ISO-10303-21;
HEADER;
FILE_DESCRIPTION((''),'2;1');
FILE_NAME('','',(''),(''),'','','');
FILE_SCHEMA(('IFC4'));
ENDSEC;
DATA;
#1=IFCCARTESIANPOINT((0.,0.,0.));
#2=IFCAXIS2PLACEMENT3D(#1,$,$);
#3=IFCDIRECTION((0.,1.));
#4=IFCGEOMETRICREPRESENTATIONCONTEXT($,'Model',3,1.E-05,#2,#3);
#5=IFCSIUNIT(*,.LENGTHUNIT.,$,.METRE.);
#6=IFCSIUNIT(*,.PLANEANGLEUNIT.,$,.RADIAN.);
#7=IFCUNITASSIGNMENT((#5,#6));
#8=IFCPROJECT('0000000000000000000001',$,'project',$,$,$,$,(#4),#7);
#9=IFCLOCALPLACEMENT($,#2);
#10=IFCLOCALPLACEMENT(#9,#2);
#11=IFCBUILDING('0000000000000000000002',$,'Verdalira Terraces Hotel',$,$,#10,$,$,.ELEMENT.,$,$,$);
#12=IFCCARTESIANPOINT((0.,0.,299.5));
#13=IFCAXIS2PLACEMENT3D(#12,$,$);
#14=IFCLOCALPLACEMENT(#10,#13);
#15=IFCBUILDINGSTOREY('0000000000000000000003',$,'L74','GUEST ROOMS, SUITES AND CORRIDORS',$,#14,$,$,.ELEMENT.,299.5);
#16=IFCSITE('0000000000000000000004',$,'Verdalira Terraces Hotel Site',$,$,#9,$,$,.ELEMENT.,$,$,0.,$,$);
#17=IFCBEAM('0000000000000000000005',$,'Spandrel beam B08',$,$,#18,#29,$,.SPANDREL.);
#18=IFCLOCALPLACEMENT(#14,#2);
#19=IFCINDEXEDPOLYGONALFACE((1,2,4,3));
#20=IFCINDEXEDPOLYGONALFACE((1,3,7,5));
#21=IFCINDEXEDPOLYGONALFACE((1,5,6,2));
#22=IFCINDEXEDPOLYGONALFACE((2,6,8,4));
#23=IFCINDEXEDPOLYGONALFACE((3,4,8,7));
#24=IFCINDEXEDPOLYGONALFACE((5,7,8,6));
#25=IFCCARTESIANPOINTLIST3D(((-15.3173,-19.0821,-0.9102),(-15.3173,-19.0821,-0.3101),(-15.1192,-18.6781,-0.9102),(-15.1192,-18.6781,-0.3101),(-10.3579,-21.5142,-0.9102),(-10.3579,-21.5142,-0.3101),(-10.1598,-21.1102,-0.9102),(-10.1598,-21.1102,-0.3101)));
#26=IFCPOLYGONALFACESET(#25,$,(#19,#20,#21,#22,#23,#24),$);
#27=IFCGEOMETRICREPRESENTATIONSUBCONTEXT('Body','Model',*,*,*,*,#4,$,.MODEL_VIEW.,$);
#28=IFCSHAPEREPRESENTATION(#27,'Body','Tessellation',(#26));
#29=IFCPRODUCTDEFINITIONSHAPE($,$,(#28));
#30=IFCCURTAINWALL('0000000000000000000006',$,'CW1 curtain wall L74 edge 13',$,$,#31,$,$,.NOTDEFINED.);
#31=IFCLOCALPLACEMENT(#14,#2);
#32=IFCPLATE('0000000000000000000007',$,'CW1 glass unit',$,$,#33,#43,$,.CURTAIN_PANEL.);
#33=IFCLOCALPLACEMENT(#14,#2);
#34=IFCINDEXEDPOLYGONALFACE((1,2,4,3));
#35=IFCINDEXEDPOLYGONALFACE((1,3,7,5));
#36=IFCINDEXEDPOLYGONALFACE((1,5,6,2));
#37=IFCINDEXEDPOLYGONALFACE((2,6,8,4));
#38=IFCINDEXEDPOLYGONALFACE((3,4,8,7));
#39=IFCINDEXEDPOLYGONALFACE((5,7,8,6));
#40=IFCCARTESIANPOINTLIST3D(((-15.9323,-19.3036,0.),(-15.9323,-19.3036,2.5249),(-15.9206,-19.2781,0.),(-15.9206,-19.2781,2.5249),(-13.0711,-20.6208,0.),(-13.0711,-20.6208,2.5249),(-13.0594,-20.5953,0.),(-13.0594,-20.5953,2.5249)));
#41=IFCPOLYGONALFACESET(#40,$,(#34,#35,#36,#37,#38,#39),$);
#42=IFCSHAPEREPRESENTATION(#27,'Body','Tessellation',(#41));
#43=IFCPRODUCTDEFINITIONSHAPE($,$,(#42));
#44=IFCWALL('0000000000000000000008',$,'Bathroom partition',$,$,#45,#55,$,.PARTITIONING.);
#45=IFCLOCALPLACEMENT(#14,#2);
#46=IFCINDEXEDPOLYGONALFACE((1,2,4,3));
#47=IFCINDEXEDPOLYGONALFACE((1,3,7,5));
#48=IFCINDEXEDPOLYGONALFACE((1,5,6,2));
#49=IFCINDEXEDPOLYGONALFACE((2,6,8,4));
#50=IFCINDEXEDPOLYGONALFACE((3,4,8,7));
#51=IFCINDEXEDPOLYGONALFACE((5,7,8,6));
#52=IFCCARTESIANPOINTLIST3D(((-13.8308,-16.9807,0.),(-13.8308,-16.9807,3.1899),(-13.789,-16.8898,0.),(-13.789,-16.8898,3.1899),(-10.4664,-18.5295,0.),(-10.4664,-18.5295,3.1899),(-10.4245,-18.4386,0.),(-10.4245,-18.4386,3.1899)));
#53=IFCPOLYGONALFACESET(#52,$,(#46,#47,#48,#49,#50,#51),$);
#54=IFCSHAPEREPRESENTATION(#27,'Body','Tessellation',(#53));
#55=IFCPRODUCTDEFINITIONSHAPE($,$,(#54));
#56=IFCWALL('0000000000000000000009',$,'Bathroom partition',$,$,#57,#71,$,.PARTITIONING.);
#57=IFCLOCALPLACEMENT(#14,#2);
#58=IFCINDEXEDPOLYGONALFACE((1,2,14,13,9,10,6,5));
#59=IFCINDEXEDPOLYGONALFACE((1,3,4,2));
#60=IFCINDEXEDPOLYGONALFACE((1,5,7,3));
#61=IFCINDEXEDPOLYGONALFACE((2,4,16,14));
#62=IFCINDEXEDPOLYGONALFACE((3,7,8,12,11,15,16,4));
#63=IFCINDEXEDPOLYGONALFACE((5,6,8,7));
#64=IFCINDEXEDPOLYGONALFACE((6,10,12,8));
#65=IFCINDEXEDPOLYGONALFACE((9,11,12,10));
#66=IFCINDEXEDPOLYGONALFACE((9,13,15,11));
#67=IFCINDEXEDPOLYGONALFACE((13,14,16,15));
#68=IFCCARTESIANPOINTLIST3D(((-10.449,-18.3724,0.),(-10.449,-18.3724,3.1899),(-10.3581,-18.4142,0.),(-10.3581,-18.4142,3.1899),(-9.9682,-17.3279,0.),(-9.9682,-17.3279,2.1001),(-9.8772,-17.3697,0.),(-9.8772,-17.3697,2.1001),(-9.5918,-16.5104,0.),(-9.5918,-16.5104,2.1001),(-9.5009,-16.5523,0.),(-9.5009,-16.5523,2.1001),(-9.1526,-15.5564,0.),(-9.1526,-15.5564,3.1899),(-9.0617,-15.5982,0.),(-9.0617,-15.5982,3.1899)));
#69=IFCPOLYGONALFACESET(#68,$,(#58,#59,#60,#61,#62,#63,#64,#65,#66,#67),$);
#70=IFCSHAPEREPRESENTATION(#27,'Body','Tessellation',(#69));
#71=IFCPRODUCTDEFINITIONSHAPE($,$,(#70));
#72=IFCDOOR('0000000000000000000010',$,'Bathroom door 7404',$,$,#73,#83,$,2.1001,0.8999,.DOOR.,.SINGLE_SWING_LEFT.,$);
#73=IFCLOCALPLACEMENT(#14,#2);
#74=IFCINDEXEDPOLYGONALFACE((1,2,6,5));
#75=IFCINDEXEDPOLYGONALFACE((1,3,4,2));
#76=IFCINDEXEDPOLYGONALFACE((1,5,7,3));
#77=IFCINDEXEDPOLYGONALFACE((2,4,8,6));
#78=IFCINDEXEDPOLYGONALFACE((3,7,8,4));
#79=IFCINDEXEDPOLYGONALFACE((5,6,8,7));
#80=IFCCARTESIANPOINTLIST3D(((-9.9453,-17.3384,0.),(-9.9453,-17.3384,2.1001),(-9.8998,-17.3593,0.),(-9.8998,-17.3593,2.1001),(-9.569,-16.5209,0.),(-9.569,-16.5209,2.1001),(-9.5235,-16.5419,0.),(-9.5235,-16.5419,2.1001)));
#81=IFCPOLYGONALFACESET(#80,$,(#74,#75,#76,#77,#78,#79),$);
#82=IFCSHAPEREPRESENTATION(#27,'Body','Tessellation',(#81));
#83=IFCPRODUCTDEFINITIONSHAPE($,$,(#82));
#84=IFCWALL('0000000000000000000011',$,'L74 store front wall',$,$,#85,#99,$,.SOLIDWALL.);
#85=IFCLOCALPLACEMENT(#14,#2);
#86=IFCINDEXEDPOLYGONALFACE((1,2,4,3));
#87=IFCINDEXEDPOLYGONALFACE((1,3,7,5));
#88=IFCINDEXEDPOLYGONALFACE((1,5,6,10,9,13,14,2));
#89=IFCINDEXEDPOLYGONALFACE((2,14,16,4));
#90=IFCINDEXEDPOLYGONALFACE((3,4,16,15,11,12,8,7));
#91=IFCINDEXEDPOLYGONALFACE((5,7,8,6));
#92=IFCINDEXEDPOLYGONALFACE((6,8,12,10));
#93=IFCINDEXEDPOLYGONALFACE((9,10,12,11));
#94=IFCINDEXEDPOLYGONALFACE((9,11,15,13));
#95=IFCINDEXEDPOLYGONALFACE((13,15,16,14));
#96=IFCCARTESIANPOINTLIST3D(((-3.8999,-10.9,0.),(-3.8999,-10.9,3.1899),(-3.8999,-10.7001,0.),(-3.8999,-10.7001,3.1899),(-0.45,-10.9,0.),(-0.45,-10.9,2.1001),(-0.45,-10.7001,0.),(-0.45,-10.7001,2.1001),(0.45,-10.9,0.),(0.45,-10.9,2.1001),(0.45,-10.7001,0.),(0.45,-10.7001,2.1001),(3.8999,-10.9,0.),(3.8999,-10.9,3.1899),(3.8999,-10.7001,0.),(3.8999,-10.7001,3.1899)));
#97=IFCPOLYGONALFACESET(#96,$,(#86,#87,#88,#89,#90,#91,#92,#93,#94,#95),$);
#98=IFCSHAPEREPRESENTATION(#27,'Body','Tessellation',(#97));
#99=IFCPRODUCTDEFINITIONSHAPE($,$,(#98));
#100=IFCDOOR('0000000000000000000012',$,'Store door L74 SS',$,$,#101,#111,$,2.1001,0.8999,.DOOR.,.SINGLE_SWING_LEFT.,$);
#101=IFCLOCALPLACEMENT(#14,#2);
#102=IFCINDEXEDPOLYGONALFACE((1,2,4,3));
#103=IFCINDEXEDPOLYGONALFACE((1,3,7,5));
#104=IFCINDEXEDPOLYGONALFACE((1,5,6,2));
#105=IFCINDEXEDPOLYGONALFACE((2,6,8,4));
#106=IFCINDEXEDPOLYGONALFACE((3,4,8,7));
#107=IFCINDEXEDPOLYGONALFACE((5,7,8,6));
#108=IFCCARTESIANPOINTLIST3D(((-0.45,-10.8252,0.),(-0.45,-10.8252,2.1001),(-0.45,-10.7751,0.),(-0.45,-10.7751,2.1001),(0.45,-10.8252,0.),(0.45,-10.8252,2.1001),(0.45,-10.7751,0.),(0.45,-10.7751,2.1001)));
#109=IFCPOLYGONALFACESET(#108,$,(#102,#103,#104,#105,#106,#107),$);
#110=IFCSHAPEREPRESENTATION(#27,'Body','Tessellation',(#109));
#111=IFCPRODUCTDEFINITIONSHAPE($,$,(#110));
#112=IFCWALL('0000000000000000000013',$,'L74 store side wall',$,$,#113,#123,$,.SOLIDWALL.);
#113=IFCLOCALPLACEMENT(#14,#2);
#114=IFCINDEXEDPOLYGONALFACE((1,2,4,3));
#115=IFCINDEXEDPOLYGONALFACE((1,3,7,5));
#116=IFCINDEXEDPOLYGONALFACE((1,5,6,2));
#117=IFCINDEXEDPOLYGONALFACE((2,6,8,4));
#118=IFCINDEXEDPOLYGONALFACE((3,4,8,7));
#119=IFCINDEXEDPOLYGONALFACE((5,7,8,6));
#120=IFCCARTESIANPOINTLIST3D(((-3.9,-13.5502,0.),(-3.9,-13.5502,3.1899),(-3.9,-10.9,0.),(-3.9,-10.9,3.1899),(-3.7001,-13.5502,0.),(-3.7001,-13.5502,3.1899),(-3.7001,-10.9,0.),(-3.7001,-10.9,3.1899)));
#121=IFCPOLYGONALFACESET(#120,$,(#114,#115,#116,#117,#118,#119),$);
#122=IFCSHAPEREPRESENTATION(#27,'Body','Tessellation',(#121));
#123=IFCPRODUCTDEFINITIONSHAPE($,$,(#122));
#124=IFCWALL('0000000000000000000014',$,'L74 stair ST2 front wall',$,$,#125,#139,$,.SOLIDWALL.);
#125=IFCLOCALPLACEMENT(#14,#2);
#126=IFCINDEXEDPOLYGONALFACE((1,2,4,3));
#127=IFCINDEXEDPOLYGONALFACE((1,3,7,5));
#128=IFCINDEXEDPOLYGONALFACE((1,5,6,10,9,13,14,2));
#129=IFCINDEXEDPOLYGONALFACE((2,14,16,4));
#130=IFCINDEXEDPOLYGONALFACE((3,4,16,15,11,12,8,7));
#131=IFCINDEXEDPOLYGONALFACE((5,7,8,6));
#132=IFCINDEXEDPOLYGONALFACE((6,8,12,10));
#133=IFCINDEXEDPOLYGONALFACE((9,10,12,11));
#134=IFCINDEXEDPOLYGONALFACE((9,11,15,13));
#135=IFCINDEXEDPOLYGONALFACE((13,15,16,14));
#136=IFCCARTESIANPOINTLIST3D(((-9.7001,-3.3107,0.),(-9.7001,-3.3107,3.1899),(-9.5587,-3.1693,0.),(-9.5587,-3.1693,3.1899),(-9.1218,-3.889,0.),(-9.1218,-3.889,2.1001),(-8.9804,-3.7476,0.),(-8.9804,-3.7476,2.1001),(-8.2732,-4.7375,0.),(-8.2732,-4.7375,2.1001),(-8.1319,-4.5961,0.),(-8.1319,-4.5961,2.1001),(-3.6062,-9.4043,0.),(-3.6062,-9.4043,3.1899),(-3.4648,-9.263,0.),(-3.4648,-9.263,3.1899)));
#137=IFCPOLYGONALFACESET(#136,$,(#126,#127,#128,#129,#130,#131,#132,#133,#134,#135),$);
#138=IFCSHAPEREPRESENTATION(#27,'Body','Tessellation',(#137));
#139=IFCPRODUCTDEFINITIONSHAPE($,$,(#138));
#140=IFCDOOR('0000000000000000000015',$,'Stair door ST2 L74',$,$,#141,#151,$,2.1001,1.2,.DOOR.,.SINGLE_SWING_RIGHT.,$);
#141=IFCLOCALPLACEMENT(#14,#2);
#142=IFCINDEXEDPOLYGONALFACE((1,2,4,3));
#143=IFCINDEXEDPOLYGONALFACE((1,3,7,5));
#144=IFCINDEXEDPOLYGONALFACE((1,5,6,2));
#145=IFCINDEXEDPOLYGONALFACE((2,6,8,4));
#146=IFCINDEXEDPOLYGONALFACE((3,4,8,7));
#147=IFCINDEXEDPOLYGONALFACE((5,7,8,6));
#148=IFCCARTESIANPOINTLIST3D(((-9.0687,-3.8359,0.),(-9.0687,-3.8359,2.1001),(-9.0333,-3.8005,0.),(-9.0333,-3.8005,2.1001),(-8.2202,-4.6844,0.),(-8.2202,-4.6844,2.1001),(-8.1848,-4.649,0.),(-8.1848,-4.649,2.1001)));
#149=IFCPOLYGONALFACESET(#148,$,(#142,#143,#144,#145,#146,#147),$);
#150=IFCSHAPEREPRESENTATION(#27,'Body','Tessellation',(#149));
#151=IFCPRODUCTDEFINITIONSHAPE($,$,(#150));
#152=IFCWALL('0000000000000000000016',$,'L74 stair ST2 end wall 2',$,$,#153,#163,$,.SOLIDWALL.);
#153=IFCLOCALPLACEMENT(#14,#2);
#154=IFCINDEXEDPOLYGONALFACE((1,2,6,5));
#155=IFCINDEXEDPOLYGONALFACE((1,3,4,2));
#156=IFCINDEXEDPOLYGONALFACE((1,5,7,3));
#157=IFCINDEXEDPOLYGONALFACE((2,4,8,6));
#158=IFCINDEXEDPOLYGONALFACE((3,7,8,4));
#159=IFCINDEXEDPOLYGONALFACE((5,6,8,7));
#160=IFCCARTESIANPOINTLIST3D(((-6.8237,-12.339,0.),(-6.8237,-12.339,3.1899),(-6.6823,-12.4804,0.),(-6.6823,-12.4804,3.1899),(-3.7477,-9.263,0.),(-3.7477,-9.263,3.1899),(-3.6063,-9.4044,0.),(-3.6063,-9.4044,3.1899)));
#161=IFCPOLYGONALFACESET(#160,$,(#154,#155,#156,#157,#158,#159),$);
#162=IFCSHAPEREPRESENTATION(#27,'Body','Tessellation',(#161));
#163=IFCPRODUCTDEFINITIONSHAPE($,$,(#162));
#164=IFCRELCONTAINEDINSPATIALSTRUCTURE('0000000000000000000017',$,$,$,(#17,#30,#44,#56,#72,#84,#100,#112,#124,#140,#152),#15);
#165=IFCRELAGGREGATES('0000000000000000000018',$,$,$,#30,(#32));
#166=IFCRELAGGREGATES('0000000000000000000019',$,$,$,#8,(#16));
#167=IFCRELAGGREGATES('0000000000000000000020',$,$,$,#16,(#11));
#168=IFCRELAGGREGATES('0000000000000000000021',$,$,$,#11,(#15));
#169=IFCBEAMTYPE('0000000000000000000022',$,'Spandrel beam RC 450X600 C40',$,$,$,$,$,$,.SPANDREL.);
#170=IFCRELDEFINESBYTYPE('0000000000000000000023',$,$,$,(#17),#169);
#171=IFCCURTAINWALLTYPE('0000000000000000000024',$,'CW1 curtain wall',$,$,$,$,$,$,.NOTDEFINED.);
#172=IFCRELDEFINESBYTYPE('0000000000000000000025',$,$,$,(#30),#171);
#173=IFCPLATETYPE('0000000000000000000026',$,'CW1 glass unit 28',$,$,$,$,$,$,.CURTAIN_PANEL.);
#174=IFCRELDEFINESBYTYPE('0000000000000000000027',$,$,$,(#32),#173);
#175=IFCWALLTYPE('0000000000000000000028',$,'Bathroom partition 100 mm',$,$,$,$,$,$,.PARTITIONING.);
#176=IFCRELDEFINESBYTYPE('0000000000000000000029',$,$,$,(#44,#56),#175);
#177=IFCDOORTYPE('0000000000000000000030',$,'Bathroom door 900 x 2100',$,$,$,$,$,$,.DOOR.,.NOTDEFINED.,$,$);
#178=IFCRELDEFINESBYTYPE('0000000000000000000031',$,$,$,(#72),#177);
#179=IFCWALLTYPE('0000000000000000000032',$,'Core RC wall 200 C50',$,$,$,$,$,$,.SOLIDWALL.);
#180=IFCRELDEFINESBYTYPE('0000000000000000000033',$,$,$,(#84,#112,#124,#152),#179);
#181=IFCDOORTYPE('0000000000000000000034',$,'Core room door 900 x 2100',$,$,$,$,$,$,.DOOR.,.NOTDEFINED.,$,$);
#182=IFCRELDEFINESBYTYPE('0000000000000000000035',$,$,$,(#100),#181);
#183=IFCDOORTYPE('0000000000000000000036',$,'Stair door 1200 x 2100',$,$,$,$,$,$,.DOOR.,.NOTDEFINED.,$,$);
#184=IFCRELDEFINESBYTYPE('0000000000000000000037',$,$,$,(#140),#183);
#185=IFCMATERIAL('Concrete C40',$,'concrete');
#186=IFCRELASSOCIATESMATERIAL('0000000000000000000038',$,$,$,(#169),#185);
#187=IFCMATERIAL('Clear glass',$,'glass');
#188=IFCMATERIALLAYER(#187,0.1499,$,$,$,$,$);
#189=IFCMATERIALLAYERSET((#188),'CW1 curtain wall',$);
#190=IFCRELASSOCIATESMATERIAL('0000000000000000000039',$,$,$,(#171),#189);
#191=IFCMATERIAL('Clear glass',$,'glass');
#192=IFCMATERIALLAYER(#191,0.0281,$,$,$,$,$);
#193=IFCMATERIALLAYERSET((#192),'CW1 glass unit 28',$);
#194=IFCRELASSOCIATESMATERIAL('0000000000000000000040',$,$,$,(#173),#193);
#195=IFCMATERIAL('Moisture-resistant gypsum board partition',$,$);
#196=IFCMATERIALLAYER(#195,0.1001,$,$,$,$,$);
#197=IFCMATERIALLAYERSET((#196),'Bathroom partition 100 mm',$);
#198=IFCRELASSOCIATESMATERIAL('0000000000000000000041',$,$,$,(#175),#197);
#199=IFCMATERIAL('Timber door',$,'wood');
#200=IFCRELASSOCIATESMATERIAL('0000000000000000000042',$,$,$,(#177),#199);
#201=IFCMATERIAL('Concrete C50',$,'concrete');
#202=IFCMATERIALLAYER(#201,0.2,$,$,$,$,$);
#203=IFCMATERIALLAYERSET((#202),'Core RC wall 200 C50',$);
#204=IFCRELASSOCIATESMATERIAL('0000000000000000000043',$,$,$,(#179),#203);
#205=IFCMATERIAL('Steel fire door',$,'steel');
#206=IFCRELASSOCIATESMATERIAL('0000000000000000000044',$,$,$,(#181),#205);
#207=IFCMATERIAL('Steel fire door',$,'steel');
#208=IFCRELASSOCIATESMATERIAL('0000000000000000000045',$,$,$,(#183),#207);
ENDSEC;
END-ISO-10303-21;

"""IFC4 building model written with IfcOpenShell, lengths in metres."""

from ifc_helpers import new_model, si_unit, direction, frame, frame_2d, origin, origin_2d, place, context, subcontext, project, spatial, rectangle, extrude, material, layer, layer_set, material_profile, profile_set, type_object, element, fill, aggregate, save


model = new_model("IFC4")

# Units and contexts
model_context = context("Model", 3, precision=1e-05, world=origin(), true_north=direction((0.0, 1.0)))
body_context = subcontext(model_context, "Body", "Model", "MODEL_VIEW")
ifc_project = project(units=[si_unit("LENGTHUNIT", "METRE"), si_unit("PLANEANGLEUNIT", "RADIAN")], contexts=[model_context])

# Site, building, storey
site_placement = place(None, origin())
site = spatial("IfcSite", under=ifc_project, at=site_placement, Name="Verdalira Terraces Hotel Site", CompositionType="ELEMENT", RefElevation=0.0)
building_placement = place(site_placement, origin())
building = spatial("IfcBuilding", under=site, at=building_placement, Name="Verdalira Terraces Hotel", CompositionType="ELEMENT")
storey_placement = place(building_placement, frame((0.0, 0.0, 299.5)))
storey = spatial("IfcBuildingStorey", under=building, at=storey_placement, Name="L74", Description="GUEST ROOMS, SUITES AND CORRIDORS", CompositionType="ELEMENT", Elevation=299.5)

# Beam
ifc_material_1 = material(Name="Concrete C40", Category="concrete")
ifc_material_profile = material_profile(ifc_material_1, rectangle(XDim=0.45, YDim=0.6001, at=origin_2d()), Name="RC 450X600")
ifc_profile_set = profile_set([ifc_material_profile], Name="Concrete C40")
beam_type = type_object("IfcBeamType", Name="Spandrel beam RC 450X600 C40", PredefinedType="SPANDREL", material=ifc_profile_set)
beam_placement = place(storey_placement, frame((-15.2183, -18.8801, -0.6101), z_axis=(0.897848, -0.440305, 0.0), x_axis=(0.440305, 0.897848, 0.0)))
element("IfcBeam", 1, at=beam_placement, inside=storey, type_object=beam_type, Name="Spandrel beam B08", PredefinedType="SPANDREL", context=body_context, shape_type="SweptSolid", body=[
    extrude(rectangle(XDim=0.45, YDim=0.6001, at=origin_2d()), origin(), (0.0, 0.0, 1.0), 5.5237),
])

# Curtain wall, plate
ifc_material_2 = material(Name="Clear glass", Category="glass")
ifc_layer_1 = layer(ifc_material_2, 0.1499)
ifc_layer_set_1 = layer_set([ifc_layer_1], Name="CW1 curtain wall")
curtain_wall_type = type_object("IfcCurtainWallType", Name="CW1 curtain wall", PredefinedType="NOTDEFINED", material=ifc_layer_set_1)
curtain_wall_placement = place(storey_placement, origin())
curtain_wall = element("IfcCurtainWall", 2, at=curtain_wall_placement, inside=storey, type_object=curtain_wall_type, Name="CW1 curtain wall L74 edge 13", PredefinedType="NOTDEFINED")
ifc_material_3 = material(Name="Clear glass", Category="glass")
ifc_layer_2 = layer(ifc_material_3, 0.0281)
ifc_layer_set_2 = layer_set([ifc_layer_2], Name="CW1 glass unit 28")
plate_type = type_object("IfcPlateType", Name="CW1 glass unit 28", PredefinedType="CURTAIN_PANEL", material=ifc_layer_set_2)
plate_placement = place(storey_placement, frame((-14.4959, -19.9495, 0.0), z_axis=(0.0, 0.0, 1.0), x_axis=(0.908362, -0.418184, 0.0)))
plate = element("IfcPlate", 3, at=plate_placement, type_object=plate_type, Name="CW1 glass unit", PredefinedType="CURTAIN_PANEL", context=body_context, shape_type="SweptSolid", body=[
    extrude(rectangle(XDim=3.1499, YDim=0.0281, at=origin_2d()), origin(), (0.0, 0.0, 1.0), 2.5249),
])
aggregate(curtain_wall, [plate])

# Wall
ifc_material_4 = material(Name="Moisture-resistant gypsum board partition")
ifc_layer_3 = layer(ifc_material_4, 0.1001)
ifc_layer_set_3 = layer_set([ifc_layer_3], Name="Bathroom partition 100 mm")
wall_type_1 = type_object("IfcWallType", Name="Bathroom partition 100 mm", PredefinedType="PARTITIONING", material=ifc_layer_set_3)
wall_1_placement = place(storey_placement, frame((-10.4453, -18.4841, 0.0), z_axis=(0.0, 0.0, 1.0), x_axis=(-0.908372, 0.418163, 0.0)))
element("IfcWall", 4, at=wall_1_placement, inside=storey, type_object=wall_type_1, Name="Bathroom partition", PredefinedType="PARTITIONING", context=body_context, shape_type="SweptSolid", body=[
    extrude(rectangle(XDim=3.7039, YDim=0.1001, at=frame_2d((1.8521, 0.0))), origin(), (0.0, 0.0, 1.0), 3.1899),
])

# Walls, openings, doors
wall_2_placement = place(storey_placement, frame((-10.4036, -18.3933, 0.0), z_axis=(0.0, 0.0, 1.0), x_axis=(0.418189, 0.90836, 0.0)))
wall_2 = element("IfcWall", 5, at=wall_2_placement, inside=storey, type_object=wall_type_1, Name="Bathroom partition", PredefinedType="PARTITIONING", context=body_context, shape_type="SweptSolid", body=[
    extrude(rectangle(XDim=3.1001, YDim=0.1001, at=frame_2d((1.55, 0.0))), origin(), (0.0, 0.0, 1.0), 3.1899),
])
opening_1_placement = place(wall_2_placement, frame((1.1499, 0.0, 0.0)))
opening_1 = element("IfcOpeningElement", 6, at=opening_1_placement, cuts=wall_2, PredefinedType="OPENING", context=body_context, shape_type="SweptSolid", body=[
    extrude(rectangle(XDim=0.8999, YDim=2.1001, at=frame_2d((0.45, 1.05))), frame((0.0, 0.0601, 0.0), z_axis=(0.0, -1.0, 0.0), x_axis=(1.0, 0.0, 0.0)), (0.0, 0.0, 1.0), 0.1201),
])
ifc_material_5 = material(Name="Timber door", Category="wood")
door_type_1 = type_object("IfcDoorType", Name="Bathroom door 900 x 2100", OperationType="NOTDEFINED", PredefinedType="DOOR", material=ifc_material_5)
door_1_placement = place(opening_1_placement, origin())
door_1 = element("IfcDoor", 7, at=door_1_placement, inside=storey, type_object=door_type_1, Name="Bathroom door 7404", OperationType="SINGLE_SWING_LEFT", OverallHeight=2.1001, OverallWidth=0.8999, PredefinedType="DOOR", context=body_context, shape_type="SweptSolid", body=[
    extrude(rectangle(XDim=0.8999, YDim=2.1001, at=frame_2d((0.45, 1.05))), frame((0.0, 0.0249, 0.0), z_axis=(0.0, -1.0, 0.0), x_axis=(1.0, 0.0, 0.0)), (0.0, 0.0, 1.0), 0.05),
])
fill(opening_1, door_1)
ifc_material_6 = material(Name="Concrete C50", Category="concrete")
ifc_layer_4 = layer(ifc_material_6, 0.2)
ifc_layer_set_4 = layer_set([ifc_layer_4], Name="Core RC wall 200 C50")
wall_type_2 = type_object("IfcWallType", Name="Core RC wall 200 C50", PredefinedType="SOLIDWALL", material=ifc_layer_set_4)
wall_3_placement = place(storey_placement, frame((-3.8999, -10.8, 0.0), z_axis=(0.0, 0.0, 1.0), x_axis=(1.0, 0.0, 0.0)))
wall_3 = element("IfcWall", 8, at=wall_3_placement, inside=storey, type_object=wall_type_2, Name="L74 store front wall", PredefinedType="SOLIDWALL", context=body_context, shape_type="SweptSolid", body=[
    extrude(rectangle(XDim=7.7998, YDim=0.2, at=frame_2d((3.8999, 0.0))), origin(), (0.0, 0.0, 1.0), 3.1899),
])
opening_2_placement = place(wall_3_placement, frame((3.45, 0.0, 0.0)))
opening_2 = element("IfcOpeningElement", 9, at=opening_2_placement, cuts=wall_3, PredefinedType="OPENING", context=body_context, shape_type="SweptSolid", body=[
    extrude(rectangle(XDim=0.8999, YDim=2.1001, at=frame_2d((0.45, 1.05))), frame((0.0, 0.1099, 0.0), z_axis=(0.0, -1.0, 0.0), x_axis=(1.0, 0.0, 0.0)), (0.0, 0.0, 1.0), 0.22),
])
ifc_material_7 = material(Name="Steel fire door", Category="steel")
door_type_2 = type_object("IfcDoorType", Name="Core room door 900 x 2100", OperationType="NOTDEFINED", PredefinedType="DOOR", material=ifc_material_7)
door_2_placement = place(opening_2_placement, origin())
door_2 = element("IfcDoor", 10, at=door_2_placement, inside=storey, type_object=door_type_2, Name="Store door L74 SS", OperationType="SINGLE_SWING_LEFT", OverallHeight=2.1001, OverallWidth=0.8999, PredefinedType="DOOR", context=body_context, shape_type="SweptSolid", body=[
    extrude(rectangle(XDim=0.8999, YDim=2.1001, at=frame_2d((0.45, 1.05))), frame((0.0, 0.0249, 0.0), z_axis=(0.0, -1.0, 0.0), x_axis=(1.0, 0.0, 0.0)), (0.0, 0.0, 1.0), 0.05),
])
fill(opening_2, door_2)

# Wall
wall_4_placement = place(storey_placement, frame((-3.8, -10.8999, 0.0), z_axis=(0.0, 0.0, 1.0), x_axis=(0.0, -1.0, 0.0)))
element("IfcWall", 11, at=wall_4_placement, inside=storey, type_object=wall_type_2, Name="L74 store side wall", PredefinedType="SOLIDWALL", context=body_context, shape_type="SweptSolid", body=[
    extrude(rectangle(XDim=2.6501, YDim=0.2, at=frame_2d((1.3252, 0.0))), origin(), (0.0, 0.0, 1.0), 3.1899),
])

# Wall, opening, door
wall_5_placement = place(storey_placement, frame((-3.5354, -9.3337, 0.0), z_axis=(0.0, 0.0, 1.0), x_axis=(-0.707121, 0.707093, 0.0)))
wall_5 = element("IfcWall", 12, at=wall_5_placement, inside=storey, type_object=wall_type_2, Name="L74 stair ST2 front wall", PredefinedType="SOLIDWALL", context=body_context, shape_type="SweptSolid", body=[
    extrude(rectangle(XDim=8.6179, YDim=0.2, at=frame_2d((4.3091, 0.0))), origin(), (0.0, 0.0, 1.0), 3.1899),
])
opening_3_placement = place(wall_5_placement, frame((6.6001, 0.0, 0.0)))
opening_3 = element("IfcOpeningElement", 13, at=opening_3_placement, cuts=wall_5, PredefinedType="OPENING", context=body_context, shape_type="SweptSolid", body=[
    extrude(rectangle(XDim=1.2, YDim=2.1001, at=frame_2d((0.6001, 1.05))), frame((0.0, 0.1099, 0.0), z_axis=(0.0, -1.0, 0.0), x_axis=(1.0, 0.0, 0.0)), (0.0, 0.0, 1.0), 0.22),
])
ifc_material_8 = material(Name="Steel fire door", Category="steel")
door_type_3 = type_object("IfcDoorType", Name="Stair door 1200 x 2100", OperationType="NOTDEFINED", PredefinedType="DOOR", material=ifc_material_8)
door_3_placement = place(opening_3_placement, origin())
door_3 = element("IfcDoor", 14, at=door_3_placement, inside=storey, type_object=door_type_3, Name="Stair door ST2 L74", OperationType="SINGLE_SWING_RIGHT", OverallHeight=2.1001, OverallWidth=1.2, PredefinedType="DOOR", context=body_context, shape_type="SweptSolid", body=[
    extrude(rectangle(XDim=1.2, YDim=2.1001, at=frame_2d((0.6001, 1.05))), frame((0.0, 0.0249, 0.0), z_axis=(0.0, -1.0, 0.0), x_axis=(1.0, 0.0, 0.0)), (0.0, 0.0, 1.0), 0.05),
])
fill(opening_3, door_3)

# Wall
wall_6_placement = place(storey_placement, frame((-3.677, -9.3337, 0.0), z_axis=(0.0, 0.0, 1.0), x_axis=(-0.707107, -0.707107, 0.0)))
element("IfcWall", 15, at=wall_6_placement, inside=storey, type_object=wall_type_2, Name="L74 stair ST2 end wall 2", PredefinedType="SOLIDWALL", context=body_context, shape_type="SweptSolid", body=[
    extrude(rectangle(XDim=4.3501, YDim=0.2, at=frame_2d((2.175, 0.0))), origin(), (0.0, 0.0, 1.0), 3.1899),
])

save(model, "model.ifc")
